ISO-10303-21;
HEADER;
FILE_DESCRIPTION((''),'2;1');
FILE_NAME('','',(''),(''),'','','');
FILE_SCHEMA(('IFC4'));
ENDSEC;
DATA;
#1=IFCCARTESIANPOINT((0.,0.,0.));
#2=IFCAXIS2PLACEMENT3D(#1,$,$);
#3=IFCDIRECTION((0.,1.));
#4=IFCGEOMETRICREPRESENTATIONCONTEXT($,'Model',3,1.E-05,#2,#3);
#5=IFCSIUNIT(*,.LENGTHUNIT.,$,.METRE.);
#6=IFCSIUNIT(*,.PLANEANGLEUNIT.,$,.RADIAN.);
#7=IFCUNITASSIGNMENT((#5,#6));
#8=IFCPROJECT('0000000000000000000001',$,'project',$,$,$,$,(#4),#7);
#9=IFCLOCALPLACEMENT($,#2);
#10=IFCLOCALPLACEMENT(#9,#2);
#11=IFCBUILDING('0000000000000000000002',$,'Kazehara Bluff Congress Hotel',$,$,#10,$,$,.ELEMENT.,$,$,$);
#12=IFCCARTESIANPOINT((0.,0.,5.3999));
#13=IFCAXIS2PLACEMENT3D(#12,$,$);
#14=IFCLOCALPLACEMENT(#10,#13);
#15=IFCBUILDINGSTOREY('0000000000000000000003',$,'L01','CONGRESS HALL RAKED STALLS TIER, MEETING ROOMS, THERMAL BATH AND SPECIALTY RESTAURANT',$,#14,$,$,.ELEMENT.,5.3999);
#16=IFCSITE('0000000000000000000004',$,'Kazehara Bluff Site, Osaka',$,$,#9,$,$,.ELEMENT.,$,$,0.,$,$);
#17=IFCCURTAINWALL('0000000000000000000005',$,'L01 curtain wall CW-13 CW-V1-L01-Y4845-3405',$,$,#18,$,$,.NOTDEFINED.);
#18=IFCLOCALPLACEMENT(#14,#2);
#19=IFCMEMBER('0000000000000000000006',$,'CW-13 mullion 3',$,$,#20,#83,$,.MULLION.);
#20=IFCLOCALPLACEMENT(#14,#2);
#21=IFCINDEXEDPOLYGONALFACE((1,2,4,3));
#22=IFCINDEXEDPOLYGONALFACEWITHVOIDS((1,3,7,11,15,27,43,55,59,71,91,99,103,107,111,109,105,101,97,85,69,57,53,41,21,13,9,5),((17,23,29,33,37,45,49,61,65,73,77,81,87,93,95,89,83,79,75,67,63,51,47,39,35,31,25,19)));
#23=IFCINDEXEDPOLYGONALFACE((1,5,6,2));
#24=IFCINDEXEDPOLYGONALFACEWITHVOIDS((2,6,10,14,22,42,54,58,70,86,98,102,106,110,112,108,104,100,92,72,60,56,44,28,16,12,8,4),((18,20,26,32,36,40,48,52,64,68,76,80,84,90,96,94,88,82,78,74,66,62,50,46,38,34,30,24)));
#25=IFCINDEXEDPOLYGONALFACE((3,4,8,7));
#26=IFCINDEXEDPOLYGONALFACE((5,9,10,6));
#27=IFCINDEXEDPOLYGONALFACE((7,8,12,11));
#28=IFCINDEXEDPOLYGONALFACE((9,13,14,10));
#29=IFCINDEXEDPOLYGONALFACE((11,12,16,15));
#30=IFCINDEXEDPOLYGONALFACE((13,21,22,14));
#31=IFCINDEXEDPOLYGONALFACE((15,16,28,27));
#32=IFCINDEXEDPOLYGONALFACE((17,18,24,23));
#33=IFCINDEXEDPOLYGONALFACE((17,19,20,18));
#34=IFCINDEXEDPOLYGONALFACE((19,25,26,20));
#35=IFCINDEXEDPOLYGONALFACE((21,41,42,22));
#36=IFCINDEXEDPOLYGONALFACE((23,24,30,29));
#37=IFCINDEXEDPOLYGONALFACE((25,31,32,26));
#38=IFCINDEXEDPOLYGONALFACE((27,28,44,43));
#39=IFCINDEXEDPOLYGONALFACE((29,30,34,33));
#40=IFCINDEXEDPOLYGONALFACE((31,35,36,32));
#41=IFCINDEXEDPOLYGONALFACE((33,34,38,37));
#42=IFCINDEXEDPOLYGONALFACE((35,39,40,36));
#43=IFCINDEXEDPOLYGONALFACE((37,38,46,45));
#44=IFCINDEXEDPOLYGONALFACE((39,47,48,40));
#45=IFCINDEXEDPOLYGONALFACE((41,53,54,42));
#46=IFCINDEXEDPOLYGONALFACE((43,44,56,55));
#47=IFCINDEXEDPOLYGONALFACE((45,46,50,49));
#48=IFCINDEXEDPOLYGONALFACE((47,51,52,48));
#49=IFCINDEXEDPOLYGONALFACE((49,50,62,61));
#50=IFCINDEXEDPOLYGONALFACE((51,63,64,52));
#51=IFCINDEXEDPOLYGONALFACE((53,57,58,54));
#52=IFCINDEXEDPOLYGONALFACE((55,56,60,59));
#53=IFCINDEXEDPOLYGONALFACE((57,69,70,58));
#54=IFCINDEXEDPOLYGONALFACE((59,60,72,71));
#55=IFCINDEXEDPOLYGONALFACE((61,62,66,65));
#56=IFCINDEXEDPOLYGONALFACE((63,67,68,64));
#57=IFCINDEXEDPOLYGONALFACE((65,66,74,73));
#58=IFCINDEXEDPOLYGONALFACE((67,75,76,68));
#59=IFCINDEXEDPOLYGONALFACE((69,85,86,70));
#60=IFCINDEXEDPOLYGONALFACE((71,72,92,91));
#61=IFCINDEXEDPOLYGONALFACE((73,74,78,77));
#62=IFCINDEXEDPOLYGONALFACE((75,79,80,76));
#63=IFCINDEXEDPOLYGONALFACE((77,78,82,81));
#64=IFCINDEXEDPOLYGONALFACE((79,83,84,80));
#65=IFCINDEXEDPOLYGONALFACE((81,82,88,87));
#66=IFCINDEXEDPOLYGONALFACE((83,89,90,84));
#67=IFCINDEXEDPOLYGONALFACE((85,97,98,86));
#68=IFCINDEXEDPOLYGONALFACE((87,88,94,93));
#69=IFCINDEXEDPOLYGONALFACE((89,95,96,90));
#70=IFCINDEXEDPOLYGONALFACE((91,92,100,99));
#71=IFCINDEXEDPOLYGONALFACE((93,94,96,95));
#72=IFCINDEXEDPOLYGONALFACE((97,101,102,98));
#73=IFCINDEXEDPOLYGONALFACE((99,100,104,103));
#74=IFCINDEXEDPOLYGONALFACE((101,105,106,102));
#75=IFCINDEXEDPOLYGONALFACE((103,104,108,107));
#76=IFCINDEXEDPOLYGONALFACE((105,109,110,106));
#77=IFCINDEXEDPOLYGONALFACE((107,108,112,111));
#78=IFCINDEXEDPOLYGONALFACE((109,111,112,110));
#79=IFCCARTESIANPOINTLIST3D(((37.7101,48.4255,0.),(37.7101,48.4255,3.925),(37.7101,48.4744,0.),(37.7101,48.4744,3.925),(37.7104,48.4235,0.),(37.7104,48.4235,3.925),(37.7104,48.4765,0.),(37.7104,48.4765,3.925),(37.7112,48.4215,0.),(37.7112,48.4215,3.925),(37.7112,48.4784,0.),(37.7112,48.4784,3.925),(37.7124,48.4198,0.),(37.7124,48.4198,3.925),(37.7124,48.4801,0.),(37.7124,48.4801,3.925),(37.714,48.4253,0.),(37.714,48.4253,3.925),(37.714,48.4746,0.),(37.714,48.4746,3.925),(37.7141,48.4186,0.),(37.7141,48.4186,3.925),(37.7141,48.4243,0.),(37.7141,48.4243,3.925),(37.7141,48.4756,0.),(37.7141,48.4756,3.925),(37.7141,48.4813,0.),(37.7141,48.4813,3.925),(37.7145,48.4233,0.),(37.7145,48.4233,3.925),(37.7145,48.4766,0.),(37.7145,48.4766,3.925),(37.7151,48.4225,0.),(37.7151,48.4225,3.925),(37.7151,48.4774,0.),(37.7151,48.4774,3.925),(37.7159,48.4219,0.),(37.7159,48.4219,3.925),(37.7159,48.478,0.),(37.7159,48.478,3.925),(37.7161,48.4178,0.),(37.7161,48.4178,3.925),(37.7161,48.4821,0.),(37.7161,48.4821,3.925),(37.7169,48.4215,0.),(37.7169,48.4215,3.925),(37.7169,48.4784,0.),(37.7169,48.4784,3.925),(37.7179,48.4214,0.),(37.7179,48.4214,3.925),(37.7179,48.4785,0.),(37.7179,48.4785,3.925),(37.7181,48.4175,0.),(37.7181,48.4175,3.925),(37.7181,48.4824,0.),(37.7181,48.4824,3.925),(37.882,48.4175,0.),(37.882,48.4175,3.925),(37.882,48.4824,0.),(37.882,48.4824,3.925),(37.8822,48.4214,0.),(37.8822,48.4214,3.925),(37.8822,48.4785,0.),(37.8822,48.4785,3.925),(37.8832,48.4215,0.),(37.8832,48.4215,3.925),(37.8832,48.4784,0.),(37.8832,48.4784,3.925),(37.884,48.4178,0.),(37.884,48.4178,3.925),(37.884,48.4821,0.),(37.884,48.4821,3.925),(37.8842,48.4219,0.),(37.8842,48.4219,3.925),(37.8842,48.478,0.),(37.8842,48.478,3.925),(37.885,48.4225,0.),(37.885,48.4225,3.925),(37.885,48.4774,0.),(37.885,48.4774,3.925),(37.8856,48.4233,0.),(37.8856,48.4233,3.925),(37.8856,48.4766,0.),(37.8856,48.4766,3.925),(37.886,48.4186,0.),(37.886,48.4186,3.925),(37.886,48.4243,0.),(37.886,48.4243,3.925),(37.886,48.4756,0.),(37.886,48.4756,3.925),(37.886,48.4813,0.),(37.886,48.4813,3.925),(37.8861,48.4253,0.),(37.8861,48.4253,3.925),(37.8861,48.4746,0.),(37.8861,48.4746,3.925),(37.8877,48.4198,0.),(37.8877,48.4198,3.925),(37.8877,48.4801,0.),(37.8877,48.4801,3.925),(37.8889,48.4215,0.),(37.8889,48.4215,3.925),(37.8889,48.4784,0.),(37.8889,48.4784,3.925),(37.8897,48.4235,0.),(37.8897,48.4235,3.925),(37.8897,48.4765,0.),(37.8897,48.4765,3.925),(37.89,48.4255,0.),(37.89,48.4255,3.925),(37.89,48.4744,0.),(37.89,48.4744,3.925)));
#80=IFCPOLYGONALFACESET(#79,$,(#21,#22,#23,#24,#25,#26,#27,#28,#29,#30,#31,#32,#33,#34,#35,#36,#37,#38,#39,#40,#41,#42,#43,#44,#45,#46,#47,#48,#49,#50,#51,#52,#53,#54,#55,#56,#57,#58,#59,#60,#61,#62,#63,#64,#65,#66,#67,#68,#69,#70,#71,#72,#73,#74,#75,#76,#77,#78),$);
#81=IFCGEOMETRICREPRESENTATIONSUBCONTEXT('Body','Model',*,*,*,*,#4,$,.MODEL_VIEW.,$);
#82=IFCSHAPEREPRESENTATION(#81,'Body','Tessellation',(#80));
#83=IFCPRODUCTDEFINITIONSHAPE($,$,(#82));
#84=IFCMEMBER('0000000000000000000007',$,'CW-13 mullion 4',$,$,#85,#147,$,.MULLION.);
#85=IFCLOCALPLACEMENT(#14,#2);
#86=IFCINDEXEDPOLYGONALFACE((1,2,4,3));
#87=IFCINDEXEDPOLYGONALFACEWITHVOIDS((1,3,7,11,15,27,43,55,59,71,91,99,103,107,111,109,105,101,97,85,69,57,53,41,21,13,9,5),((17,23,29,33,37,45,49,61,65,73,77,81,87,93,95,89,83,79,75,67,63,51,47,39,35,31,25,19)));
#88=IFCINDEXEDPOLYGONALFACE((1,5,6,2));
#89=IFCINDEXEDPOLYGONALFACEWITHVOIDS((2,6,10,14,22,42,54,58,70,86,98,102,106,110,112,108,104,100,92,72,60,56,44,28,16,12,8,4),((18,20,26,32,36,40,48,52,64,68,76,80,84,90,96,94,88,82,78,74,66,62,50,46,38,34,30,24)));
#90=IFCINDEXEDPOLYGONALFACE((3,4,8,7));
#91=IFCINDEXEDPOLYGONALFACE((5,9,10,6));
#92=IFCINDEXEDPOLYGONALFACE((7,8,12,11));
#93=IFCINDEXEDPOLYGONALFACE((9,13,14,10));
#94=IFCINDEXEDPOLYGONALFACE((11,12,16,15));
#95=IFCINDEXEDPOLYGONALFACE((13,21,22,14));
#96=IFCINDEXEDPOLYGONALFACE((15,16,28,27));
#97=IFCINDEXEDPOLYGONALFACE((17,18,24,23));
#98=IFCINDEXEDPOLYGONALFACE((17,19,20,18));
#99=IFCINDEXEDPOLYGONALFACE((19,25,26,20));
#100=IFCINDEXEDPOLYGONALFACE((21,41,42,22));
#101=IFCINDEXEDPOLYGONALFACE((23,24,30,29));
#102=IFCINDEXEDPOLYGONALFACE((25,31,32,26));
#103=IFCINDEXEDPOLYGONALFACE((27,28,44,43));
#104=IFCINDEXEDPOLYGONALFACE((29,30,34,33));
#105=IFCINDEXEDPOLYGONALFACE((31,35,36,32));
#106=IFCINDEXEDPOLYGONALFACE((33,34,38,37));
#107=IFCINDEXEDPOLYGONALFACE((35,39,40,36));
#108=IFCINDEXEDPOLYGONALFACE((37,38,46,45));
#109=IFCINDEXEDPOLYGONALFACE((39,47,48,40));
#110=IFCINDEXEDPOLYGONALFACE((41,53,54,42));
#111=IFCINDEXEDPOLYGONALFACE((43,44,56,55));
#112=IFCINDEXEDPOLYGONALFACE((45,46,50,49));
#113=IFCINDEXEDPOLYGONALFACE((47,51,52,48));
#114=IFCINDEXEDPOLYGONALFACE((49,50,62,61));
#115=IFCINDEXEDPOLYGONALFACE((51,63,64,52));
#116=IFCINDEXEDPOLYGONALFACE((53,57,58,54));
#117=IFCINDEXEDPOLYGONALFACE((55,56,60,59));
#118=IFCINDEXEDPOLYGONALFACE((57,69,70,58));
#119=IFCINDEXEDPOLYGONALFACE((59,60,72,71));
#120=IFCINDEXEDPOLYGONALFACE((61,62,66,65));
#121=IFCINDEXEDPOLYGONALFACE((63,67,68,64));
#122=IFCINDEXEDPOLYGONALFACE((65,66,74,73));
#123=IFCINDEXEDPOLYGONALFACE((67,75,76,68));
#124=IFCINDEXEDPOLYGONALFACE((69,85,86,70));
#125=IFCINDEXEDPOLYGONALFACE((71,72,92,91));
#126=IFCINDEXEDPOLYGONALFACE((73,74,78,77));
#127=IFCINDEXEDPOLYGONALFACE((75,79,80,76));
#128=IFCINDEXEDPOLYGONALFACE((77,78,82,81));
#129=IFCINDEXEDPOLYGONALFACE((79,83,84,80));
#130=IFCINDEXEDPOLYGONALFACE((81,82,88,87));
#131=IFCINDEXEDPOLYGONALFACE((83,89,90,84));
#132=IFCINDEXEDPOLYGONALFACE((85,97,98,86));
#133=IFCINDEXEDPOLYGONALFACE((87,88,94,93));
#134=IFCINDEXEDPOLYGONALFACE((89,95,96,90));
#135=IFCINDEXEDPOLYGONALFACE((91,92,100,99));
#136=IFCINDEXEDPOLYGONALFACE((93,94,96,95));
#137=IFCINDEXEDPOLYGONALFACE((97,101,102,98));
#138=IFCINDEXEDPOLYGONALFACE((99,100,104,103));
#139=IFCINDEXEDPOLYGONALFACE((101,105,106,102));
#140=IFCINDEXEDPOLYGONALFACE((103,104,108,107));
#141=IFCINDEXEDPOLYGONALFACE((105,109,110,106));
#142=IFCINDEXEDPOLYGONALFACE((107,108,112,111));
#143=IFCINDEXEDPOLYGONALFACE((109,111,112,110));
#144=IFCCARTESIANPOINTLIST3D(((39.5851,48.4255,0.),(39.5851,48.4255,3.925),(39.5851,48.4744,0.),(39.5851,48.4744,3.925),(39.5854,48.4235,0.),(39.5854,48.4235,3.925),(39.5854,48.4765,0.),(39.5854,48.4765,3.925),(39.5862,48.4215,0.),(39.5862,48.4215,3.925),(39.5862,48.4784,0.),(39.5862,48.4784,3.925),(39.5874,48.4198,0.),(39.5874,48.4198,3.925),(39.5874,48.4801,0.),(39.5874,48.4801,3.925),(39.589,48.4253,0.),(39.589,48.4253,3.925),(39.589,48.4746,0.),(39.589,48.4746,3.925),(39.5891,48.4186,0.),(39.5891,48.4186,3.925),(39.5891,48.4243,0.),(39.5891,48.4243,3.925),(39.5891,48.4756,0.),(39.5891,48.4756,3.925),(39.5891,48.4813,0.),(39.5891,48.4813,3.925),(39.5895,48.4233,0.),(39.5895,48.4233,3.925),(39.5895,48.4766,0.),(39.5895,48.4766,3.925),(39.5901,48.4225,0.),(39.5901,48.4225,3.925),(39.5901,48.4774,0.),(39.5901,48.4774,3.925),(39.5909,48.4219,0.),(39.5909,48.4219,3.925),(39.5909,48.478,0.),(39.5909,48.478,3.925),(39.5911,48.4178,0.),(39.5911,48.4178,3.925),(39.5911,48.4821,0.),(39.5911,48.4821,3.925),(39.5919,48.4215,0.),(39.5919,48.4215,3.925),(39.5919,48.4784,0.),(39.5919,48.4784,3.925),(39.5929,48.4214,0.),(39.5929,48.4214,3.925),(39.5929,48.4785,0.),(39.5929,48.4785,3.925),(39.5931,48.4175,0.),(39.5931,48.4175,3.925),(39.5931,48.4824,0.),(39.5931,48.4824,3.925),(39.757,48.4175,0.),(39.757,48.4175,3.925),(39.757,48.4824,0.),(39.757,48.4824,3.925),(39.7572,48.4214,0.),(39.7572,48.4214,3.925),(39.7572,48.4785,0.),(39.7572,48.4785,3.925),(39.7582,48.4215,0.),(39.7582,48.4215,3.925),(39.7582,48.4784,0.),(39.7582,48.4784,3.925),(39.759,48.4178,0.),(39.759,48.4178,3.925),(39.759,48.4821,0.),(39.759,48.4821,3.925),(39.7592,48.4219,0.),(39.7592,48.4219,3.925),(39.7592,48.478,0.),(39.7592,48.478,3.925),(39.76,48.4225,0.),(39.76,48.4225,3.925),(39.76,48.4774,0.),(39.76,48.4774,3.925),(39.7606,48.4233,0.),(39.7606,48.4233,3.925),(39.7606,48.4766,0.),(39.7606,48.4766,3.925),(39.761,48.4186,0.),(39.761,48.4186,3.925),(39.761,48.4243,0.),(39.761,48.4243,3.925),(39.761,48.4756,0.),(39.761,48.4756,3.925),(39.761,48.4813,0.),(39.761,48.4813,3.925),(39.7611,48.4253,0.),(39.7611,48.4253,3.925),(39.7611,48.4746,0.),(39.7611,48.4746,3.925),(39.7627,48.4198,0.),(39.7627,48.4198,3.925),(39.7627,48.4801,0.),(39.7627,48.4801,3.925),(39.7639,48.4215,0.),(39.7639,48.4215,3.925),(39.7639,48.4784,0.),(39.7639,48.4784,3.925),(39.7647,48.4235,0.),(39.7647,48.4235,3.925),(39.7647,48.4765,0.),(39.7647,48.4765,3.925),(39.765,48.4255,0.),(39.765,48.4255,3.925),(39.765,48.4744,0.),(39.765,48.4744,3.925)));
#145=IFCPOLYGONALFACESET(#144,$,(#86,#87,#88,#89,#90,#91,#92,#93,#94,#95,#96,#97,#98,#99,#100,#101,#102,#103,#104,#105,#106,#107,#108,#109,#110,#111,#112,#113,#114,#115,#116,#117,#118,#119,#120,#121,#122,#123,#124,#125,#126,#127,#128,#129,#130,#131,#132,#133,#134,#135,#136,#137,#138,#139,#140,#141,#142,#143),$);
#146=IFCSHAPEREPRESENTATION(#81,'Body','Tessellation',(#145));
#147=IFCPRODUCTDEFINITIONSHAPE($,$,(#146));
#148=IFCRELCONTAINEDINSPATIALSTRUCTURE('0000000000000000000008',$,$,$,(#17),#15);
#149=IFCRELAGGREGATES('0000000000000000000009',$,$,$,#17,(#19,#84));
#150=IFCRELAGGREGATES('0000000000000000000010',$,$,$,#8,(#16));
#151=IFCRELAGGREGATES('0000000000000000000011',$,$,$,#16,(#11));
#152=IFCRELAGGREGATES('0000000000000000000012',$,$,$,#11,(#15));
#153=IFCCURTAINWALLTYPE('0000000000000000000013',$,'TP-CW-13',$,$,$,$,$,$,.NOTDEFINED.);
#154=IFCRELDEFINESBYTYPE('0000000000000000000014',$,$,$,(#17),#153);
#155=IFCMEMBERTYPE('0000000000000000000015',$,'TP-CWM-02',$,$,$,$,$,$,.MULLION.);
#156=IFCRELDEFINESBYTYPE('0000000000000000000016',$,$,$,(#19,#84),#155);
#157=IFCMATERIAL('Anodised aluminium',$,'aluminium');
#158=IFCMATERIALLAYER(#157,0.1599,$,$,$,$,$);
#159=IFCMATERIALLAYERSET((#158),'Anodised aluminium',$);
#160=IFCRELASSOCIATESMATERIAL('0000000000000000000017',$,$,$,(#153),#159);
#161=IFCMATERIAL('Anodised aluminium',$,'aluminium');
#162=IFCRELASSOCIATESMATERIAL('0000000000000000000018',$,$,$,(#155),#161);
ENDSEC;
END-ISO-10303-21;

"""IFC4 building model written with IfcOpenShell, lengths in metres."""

from ifc_helpers import new_model, si_unit, direction, frame, origin, origin_2d, place, context, subcontext, project, spatial, hollow_rectangle, extrude, material, layer, layer_set, material_profile, profile_set, type_object, element, aggregate, save


model = new_model("IFC4")

# Units and contexts
model_context = context("Model", 3, precision=1e-05, world=origin(), true_north=direction((0.0, 1.0)))
body_context = subcontext(model_context, "Body", "Model", "MODEL_VIEW")
ifc_project = project(units=[si_unit("LENGTHUNIT", "METRE"), si_unit("PLANEANGLEUNIT", "RADIAN")], contexts=[model_context])

# Site, building, storey
site_placement = place(None, origin())
site = spatial("IfcSite", under=ifc_project, at=site_placement, Name="Kazehara Bluff Site, Osaka", CompositionType="ELEMENT", RefElevation=0.0)
building_placement = place(site_placement, origin())
building = spatial("IfcBuilding", under=site, at=building_placement, Name="Kazehara Bluff Congress Hotel", CompositionType="ELEMENT")
storey_placement = place(building_placement, frame((0.0, 0.0, 5.3999)))
storey = spatial("IfcBuildingStorey", under=building, at=storey_placement, Name="L01", Description="CONGRESS HALL RAKED STALLS TIER, MEETING ROOMS, THERMAL BATH AND SPECIALTY RESTAURANT", CompositionType="ELEMENT", Elevation=5.3999)

# Curtain wall, members
ifc_material_1 = material(Name="Anodised aluminium", Category="aluminium")
ifc_layer_1 = layer(ifc_material_1, 0.1599)
ifc_layer_set_1 = layer_set([ifc_layer_1], Name="Anodised aluminium")
curtain_wall_type = type_object("IfcCurtainWallType", Name="TP-CW-13", PredefinedType="NOTDEFINED", material=ifc_layer_set_1)
curtain_wall_1_placement = place(storey_placement, origin())
curtain_wall_1 = element("IfcCurtainWall", 1, at=curtain_wall_1_placement, inside=storey, type_object=curtain_wall_type, Name="L01 curtain wall CW-13 CW-V1-L01-Y4845-3405", PredefinedType="NOTDEFINED")
ifc_material_2 = material(Name="Anodised aluminium", Category="aluminium")
ifc_material_profile_1 = material_profile(ifc_material_2, hollow_rectangle(XDim=0.0649, YDim=0.1799, WallThickness=0.0039, InnerFilletRadius=0.0039, OuterFilletRadius=0.0081, at=origin_2d()))
ifc_profile_set_1 = profile_set([ifc_material_profile_1], Name="Anodised aluminium")
member_type_1 = type_object("IfcMemberType", Name="TP-CWM-02", PredefinedType="MULLION", material=ifc_profile_set_1)
member_1_placement = place(storey_placement, frame((37.8, 48.45, 0.0), z_axis=(0.0, 0.0, 1.0), x_axis=(0.0, 1.0, 0.0)))
member_1 = element("IfcMember", 2, at=member_1_placement, type_object=member_type_1, Name="CW-13 mullion 3", PredefinedType="MULLION", context=body_context, shape_type="SweptSolid", body=[
    extrude(hollow_rectangle(XDim=0.0649, YDim=0.1799, WallThickness=0.0039, InnerFilletRadius=0.0039, OuterFilletRadius=0.0081, at=origin_2d()), origin(), (0.0, 0.0, 1.0), 3.925),
])
member_2_placement = place(storey_placement, frame((39.675, 48.45, 0.0), z_axis=(0.0, 0.0, 1.0), x_axis=(0.0, 1.0, 0.0)))
member_2 = element("IfcMember", 3, at=member_2_placement, type_object=member_type_1, Name="CW-13 mullion 4", PredefinedType="MULLION", context=body_context, shape_type="SweptSolid", body=[
    extrude(hollow_rectangle(XDim=0.0649, YDim=0.1799, WallThickness=0.0039, InnerFilletRadius=0.0039, OuterFilletRadius=0.0081, at=origin_2d()), origin(), (0.0, 0.0, 1.0), 3.925),
])

aggregate(curtain_wall_1, [member_1, member_2])

save(model, "model.ifc")
